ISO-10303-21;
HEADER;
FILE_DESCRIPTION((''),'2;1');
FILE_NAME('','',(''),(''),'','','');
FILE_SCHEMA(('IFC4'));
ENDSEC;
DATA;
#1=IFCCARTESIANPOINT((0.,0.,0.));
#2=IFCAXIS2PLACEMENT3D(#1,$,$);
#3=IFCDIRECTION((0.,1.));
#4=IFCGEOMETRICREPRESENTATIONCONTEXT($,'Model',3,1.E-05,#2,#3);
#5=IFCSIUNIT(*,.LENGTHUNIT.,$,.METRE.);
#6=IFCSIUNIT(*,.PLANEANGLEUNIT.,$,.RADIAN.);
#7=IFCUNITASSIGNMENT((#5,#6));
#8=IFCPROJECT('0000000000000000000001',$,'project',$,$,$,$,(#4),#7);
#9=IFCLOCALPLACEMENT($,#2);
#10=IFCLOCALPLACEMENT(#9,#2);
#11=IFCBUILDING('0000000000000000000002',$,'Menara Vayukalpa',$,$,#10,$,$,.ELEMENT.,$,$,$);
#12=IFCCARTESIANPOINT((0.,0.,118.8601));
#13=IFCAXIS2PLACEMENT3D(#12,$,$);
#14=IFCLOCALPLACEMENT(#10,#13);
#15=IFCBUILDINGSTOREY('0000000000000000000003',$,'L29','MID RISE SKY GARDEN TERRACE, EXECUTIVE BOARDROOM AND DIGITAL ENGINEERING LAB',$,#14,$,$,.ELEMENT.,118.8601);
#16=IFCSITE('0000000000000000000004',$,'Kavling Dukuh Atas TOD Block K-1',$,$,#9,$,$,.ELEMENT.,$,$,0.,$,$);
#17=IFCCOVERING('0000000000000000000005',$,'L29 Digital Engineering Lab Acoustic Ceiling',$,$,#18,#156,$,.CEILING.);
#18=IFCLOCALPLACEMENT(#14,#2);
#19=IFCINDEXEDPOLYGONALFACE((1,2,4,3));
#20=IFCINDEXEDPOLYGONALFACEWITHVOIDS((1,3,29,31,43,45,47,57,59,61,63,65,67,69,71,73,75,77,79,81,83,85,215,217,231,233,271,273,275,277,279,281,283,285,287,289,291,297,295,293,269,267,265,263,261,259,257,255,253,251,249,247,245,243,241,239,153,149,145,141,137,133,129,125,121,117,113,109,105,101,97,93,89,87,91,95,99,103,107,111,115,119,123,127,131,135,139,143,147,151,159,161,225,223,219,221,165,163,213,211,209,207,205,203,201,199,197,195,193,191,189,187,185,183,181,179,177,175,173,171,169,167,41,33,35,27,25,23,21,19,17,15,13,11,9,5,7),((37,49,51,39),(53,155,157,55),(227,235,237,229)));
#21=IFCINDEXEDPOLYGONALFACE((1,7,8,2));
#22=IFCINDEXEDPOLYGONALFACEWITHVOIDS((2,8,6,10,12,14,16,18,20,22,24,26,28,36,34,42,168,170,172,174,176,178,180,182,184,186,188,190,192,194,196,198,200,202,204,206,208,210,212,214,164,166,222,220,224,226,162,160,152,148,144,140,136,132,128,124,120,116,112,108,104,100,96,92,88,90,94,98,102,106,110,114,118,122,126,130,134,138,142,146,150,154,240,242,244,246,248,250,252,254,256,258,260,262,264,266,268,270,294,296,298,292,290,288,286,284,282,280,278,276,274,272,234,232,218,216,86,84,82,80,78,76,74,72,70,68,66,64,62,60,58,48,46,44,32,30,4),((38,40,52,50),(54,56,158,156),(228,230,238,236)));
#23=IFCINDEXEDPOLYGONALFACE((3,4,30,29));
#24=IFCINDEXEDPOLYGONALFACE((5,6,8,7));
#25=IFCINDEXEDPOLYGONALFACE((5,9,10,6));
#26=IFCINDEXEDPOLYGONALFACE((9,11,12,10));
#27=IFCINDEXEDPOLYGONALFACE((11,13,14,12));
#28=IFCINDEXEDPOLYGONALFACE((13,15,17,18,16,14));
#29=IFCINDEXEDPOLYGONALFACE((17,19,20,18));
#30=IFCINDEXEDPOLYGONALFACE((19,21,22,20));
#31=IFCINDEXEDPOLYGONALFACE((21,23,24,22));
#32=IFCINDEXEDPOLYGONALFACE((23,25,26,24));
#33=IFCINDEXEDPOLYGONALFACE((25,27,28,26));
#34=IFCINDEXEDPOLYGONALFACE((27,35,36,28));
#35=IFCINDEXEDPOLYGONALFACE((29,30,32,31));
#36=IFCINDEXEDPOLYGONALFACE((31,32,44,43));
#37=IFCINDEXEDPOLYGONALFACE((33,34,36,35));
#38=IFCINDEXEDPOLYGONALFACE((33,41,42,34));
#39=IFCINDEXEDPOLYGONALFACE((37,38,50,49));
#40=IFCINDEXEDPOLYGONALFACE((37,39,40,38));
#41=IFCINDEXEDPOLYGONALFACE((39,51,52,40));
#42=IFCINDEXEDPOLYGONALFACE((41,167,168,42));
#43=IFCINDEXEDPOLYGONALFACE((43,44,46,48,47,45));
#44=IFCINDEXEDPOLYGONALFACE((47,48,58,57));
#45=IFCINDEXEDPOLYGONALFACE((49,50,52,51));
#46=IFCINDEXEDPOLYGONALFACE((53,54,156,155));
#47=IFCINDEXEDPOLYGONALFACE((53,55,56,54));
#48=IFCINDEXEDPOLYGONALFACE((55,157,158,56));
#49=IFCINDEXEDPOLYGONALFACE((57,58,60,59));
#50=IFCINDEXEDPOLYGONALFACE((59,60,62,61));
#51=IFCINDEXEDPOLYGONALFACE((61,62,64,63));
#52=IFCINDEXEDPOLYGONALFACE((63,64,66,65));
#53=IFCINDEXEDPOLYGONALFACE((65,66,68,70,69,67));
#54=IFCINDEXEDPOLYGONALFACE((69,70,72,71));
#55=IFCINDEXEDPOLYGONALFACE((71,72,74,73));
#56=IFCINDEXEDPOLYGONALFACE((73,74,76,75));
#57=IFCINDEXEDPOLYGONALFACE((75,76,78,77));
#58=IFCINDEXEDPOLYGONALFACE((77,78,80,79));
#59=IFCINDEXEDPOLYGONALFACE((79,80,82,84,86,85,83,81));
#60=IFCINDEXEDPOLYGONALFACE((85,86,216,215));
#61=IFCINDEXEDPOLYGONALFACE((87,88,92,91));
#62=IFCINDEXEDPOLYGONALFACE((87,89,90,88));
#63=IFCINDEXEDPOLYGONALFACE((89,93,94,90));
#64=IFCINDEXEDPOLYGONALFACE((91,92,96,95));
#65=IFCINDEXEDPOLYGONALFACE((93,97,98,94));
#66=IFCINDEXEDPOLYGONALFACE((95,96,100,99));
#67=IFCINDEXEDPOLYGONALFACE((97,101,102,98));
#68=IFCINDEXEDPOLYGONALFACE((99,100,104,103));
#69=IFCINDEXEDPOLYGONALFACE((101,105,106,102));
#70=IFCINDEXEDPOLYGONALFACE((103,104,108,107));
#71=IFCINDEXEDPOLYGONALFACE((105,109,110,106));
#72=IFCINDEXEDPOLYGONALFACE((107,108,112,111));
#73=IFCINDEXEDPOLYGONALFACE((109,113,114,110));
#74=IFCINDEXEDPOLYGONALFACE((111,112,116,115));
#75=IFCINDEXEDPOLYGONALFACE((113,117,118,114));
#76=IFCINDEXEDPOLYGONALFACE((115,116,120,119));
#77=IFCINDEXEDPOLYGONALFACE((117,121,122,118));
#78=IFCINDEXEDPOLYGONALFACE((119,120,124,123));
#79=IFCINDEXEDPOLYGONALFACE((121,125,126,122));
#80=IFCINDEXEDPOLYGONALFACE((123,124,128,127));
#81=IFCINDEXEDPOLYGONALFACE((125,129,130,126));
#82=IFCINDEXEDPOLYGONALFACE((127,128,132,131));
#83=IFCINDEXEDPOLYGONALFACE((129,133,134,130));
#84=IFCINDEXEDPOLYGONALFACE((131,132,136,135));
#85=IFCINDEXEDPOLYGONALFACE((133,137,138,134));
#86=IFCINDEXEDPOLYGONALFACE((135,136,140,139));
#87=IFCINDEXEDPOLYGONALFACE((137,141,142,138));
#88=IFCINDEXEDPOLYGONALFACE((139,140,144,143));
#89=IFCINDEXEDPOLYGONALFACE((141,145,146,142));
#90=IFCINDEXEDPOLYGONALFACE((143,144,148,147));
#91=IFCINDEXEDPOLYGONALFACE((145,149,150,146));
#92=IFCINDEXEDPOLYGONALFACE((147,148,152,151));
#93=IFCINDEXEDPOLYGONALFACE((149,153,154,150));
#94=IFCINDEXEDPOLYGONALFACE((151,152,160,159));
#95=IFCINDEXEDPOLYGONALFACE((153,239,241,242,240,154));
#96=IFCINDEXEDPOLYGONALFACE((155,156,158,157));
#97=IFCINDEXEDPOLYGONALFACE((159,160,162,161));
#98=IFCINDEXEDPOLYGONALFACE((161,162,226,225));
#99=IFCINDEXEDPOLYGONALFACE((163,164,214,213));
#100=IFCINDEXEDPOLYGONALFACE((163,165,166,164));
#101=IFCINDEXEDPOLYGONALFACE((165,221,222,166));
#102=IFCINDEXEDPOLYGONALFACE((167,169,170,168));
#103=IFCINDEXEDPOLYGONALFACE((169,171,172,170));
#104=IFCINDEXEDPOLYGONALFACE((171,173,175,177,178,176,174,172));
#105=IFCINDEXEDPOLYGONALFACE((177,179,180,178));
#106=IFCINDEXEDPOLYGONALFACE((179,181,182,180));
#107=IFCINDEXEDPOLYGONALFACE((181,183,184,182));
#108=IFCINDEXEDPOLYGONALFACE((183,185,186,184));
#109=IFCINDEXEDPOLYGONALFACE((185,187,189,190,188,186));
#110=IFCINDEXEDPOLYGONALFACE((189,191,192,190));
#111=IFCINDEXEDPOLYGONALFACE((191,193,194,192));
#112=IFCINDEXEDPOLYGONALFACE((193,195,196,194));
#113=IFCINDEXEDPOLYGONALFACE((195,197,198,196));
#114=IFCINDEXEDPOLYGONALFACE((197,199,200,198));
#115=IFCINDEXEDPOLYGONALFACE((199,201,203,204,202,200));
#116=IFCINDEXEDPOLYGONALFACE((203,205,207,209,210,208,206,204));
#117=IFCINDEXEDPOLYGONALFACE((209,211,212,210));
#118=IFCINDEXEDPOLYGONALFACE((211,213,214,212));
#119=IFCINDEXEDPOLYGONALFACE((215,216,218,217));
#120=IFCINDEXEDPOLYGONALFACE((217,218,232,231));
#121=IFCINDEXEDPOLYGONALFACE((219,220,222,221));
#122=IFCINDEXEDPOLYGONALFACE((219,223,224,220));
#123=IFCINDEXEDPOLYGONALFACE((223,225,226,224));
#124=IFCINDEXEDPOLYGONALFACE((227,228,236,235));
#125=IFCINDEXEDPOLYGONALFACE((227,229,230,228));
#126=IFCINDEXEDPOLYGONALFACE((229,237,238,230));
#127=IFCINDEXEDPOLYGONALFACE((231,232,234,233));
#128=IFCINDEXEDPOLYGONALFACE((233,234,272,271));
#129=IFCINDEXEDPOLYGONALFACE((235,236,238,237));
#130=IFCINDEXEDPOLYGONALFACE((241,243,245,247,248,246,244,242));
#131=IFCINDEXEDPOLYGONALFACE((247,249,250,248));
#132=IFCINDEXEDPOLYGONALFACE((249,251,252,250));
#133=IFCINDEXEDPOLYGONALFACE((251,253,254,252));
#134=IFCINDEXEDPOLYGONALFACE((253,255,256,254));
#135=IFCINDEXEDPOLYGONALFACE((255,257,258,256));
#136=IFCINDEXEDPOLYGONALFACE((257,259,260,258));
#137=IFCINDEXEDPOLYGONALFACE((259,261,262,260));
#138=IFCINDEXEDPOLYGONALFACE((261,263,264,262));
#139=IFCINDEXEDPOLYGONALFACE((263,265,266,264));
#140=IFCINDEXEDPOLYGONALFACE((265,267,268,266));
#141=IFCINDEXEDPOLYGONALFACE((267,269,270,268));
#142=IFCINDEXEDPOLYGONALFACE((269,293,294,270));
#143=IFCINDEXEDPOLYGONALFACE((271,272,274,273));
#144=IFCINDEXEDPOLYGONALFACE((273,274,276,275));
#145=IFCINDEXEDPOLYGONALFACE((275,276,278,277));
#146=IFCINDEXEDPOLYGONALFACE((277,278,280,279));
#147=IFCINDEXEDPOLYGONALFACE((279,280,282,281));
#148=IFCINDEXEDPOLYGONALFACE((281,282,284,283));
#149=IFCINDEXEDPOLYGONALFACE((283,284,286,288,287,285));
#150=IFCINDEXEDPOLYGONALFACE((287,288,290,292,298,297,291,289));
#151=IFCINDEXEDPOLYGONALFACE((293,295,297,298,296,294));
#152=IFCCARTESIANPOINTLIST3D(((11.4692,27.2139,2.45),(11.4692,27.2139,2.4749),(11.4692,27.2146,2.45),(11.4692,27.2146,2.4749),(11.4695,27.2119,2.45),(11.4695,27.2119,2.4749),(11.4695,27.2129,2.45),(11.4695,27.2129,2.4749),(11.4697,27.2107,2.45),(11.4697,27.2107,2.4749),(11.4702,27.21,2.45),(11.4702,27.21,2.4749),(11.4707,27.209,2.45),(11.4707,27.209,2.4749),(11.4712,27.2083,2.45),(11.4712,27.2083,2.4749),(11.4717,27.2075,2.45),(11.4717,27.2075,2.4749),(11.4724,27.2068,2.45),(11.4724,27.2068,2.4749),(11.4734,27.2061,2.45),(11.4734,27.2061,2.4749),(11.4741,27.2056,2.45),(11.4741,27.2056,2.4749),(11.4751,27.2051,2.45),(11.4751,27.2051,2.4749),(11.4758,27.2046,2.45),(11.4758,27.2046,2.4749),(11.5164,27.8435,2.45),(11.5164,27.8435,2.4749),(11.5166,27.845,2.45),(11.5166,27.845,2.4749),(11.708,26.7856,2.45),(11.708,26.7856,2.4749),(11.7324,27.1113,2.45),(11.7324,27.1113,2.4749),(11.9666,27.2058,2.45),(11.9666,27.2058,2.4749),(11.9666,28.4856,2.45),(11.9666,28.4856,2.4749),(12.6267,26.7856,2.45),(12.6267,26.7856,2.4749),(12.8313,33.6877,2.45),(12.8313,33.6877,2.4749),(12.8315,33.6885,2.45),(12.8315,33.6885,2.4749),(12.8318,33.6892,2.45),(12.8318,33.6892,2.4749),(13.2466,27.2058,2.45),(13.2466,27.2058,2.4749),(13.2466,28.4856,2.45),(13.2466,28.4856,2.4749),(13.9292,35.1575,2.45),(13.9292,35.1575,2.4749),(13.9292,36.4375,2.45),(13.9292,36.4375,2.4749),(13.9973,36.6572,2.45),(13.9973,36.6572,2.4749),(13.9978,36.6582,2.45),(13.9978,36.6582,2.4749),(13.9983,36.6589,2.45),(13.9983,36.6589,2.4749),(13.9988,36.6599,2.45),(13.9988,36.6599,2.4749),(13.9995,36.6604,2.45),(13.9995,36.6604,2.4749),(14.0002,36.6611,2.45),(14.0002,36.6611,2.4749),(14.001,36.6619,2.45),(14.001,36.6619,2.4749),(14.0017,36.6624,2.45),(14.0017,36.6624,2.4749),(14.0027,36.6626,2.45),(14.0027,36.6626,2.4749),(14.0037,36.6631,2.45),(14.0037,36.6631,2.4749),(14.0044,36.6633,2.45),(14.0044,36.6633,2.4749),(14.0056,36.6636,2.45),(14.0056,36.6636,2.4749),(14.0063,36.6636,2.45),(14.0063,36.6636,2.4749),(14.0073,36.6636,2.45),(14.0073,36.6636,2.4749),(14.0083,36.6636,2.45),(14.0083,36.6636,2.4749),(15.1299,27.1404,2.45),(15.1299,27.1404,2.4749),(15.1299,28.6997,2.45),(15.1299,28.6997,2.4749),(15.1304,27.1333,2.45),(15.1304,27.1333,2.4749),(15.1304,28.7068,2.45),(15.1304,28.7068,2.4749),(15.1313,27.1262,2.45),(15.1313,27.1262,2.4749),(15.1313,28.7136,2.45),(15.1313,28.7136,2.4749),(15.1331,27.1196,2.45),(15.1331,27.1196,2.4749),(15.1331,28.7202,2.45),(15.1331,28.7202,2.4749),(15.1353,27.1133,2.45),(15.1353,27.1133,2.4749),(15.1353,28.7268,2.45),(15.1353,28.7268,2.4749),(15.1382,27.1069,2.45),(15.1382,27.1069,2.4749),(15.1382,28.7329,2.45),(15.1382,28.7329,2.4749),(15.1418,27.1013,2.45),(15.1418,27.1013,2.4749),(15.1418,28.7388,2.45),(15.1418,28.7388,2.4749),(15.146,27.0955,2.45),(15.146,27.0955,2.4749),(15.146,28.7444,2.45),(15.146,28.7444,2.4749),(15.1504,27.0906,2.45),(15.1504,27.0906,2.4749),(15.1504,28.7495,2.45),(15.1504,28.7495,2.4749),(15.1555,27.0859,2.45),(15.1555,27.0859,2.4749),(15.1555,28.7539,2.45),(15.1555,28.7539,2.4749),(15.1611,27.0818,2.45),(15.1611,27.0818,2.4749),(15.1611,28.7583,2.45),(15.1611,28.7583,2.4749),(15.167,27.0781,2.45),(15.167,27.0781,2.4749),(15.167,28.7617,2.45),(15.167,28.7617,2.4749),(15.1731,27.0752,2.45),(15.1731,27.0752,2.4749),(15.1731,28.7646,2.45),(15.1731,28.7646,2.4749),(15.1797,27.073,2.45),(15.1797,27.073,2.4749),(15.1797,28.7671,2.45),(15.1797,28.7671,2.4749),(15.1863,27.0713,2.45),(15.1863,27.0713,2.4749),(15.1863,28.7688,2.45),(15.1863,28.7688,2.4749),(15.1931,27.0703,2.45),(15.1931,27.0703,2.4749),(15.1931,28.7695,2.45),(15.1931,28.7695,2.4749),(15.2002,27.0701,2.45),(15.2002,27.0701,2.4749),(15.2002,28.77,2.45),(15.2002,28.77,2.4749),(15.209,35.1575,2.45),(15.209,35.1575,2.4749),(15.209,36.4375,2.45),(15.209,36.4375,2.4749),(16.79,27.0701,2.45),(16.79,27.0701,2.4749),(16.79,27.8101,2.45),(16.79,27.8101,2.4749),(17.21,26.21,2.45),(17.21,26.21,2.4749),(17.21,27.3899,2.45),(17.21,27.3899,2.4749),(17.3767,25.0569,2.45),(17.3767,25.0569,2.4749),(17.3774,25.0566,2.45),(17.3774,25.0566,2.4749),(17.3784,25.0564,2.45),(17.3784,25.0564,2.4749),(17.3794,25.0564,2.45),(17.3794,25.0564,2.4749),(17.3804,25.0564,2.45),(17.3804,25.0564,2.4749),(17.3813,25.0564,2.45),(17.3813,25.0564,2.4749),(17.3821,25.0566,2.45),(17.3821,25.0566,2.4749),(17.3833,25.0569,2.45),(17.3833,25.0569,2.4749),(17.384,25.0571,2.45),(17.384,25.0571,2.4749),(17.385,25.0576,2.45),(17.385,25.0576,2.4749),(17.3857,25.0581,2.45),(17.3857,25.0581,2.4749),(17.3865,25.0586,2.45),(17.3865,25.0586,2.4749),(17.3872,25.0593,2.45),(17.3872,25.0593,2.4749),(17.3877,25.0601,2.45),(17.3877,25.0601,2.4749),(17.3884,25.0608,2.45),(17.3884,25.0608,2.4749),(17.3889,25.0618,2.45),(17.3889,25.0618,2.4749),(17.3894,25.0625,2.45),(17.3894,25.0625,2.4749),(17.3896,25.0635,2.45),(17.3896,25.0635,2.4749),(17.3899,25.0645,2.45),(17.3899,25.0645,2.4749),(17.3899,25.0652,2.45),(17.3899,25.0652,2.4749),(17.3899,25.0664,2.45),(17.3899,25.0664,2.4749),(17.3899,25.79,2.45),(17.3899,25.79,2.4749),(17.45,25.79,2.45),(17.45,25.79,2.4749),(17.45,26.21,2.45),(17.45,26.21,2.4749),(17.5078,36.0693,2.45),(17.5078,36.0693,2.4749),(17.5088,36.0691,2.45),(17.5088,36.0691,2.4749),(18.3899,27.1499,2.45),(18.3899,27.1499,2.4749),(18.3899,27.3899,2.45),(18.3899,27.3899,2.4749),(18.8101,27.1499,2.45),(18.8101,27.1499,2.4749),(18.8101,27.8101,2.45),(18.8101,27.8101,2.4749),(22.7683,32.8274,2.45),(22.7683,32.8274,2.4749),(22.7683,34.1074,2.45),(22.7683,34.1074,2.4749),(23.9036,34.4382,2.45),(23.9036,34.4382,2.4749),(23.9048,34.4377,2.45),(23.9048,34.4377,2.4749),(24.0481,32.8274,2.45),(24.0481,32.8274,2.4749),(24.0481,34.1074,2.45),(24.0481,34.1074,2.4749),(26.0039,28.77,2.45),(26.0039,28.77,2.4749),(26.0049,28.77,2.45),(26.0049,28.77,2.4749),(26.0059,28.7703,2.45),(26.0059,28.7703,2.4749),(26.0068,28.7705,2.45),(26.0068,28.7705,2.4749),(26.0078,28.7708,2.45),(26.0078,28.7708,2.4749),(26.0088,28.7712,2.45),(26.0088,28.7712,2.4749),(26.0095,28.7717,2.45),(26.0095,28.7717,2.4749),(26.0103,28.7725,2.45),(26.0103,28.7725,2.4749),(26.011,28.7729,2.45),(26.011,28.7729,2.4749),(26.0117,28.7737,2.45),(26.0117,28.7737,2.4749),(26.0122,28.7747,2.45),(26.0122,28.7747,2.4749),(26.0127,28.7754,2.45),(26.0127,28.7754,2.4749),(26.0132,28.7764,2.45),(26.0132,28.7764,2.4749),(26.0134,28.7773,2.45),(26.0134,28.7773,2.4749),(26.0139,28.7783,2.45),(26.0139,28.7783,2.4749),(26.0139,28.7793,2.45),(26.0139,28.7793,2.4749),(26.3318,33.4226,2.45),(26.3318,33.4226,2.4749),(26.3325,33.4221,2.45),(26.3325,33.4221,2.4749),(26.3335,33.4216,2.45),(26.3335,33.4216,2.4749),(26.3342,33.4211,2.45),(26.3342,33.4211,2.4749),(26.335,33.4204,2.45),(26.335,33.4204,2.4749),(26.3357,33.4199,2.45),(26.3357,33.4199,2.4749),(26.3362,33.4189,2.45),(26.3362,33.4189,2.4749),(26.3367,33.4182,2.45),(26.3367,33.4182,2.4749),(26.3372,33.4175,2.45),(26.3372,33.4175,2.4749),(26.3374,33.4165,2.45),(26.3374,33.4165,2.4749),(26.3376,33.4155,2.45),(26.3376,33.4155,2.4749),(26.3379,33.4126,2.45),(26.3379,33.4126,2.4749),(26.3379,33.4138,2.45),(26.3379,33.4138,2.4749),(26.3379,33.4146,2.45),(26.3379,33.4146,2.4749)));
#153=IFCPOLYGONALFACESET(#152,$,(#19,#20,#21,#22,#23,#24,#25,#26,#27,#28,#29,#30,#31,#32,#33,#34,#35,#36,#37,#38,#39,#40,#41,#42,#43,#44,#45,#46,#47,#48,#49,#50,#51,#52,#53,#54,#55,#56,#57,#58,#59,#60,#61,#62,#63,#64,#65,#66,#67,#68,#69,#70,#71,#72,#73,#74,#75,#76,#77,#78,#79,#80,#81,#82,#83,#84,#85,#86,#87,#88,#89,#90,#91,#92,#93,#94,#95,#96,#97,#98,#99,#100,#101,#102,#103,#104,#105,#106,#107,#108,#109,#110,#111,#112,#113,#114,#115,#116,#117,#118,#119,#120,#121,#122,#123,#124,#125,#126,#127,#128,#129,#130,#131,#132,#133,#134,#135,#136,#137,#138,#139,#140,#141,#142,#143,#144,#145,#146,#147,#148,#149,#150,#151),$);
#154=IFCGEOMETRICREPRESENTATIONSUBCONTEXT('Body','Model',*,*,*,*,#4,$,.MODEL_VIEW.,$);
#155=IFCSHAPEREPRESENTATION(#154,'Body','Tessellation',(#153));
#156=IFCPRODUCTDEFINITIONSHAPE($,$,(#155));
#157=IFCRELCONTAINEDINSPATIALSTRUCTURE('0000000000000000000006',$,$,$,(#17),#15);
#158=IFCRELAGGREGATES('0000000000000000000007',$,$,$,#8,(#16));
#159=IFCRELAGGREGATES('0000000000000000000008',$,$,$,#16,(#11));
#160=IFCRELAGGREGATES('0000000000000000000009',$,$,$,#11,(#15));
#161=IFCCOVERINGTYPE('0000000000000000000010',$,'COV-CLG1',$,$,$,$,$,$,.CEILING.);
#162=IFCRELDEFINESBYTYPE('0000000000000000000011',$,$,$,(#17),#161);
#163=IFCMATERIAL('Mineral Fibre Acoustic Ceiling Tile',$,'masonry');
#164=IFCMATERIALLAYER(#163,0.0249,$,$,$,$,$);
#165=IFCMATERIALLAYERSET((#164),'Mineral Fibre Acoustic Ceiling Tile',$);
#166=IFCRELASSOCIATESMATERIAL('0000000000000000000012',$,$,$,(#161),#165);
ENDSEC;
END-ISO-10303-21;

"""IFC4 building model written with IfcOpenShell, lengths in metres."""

from ifc_helpers import new_model, si_unit, direction, frame, origin, place, context, subcontext, project, spatial, polyline, outline, extrude, material, layer, layer_set, type_object, element, save


model = new_model("IFC4")

# Units and contexts
model_context = context("Model", 3, precision=1e-05, world=origin(), true_north=direction((0.0, 1.0)))
body_context = subcontext(model_context, "Body", "Model", "MODEL_VIEW")
ifc_project = project(units=[si_unit("LENGTHUNIT", "METRE"), si_unit("PLANEANGLEUNIT", "RADIAN")], contexts=[model_context])

# Site, building, storey
site_placement = place(None, origin())
site = spatial("IfcSite", under=ifc_project, at=site_placement, Name="Kavling Dukuh Atas TOD Block K-1", CompositionType="ELEMENT", RefElevation=0.0)
building_placement = place(site_placement, origin())
building = spatial("IfcBuilding", under=site, at=building_placement, Name="Menara Vayukalpa", CompositionType="ELEMENT")
storey_placement = place(building_placement, frame((0.0, 0.0, 118.8601)))
storey = spatial("IfcBuildingStorey", under=building, at=storey_placement, Name="L29", Description="MID RISE SKY GARDEN TERRACE, EXECUTIVE BOARDROOM AND DIGITAL ENGINEERING LAB", CompositionType="ELEMENT", Elevation=118.8601)

# Covering
ifc_material_1 = material(Name="Mineral Fibre Acoustic Ceiling Tile", Category="masonry")
ifc_layer_1 = layer(ifc_material_1, 0.0249)
ifc_layer_set_1 = layer_set([ifc_layer_1], Name="Mineral Fibre Acoustic Ceiling Tile")
covering_type_1 = type_object("IfcCoveringType", Name="COV-CLG1", PredefinedType="CEILING", material=ifc_layer_set_1)
covering_1_placement = place(storey_placement, frame((0.0, 0.0, 2.45)))
element("IfcCovering", 1, at=covering_1_placement, inside=storey, type_object=covering_type_1, Name="L29 Digital Engineering Lab Acoustic Ceiling", PredefinedType="CEILING", context=body_context, shape_type="SweptSolid", body=[
    extrude(outline(polyline([(18.8101, 27.1499), (18.3899, 27.1499), (18.3899, 27.3899), (17.21, 27.3899), (17.21, 26.21), (17.45, 26.21), (17.45, 25.79), (17.3899, 25.79), (17.3899, 25.0664), (17.3899, 25.0652), (17.3899, 25.0645), (17.3896, 25.0635), (17.3894, 25.0625), (17.3889, 25.0618), (17.3884, 25.0608), (17.3877, 25.0601), (17.3872, 25.0593), (17.3865, 25.0586), (17.3857, 25.0581), (17.385, 25.0576), (17.384, 25.0571), (17.3833, 25.0569), (17.3821, 25.0566), (17.3813, 25.0564), (17.3804, 25.0564), (17.3794, 25.0564), (17.3784, 25.0564), (17.3774, 25.0566), (17.3767, 25.0569), (12.6267, 26.7856), (11.708, 26.7856), (11.7324, 27.1113), (11.4758, 27.2046), (11.4751, 27.2051), (11.4741, 27.2056), (11.4734, 27.2061), (11.4724, 27.2068), (11.4717, 27.2075), (11.4712, 27.2083), (11.4707, 27.209), (11.4702, 27.21), (11.4697, 27.2107), (11.4695, 27.2119), (11.4695, 27.2129), (11.4692, 27.2139), (11.4692, 27.2146), (11.5164, 27.8435), (11.5166, 27.845), (12.8313, 33.6877), (12.8315, 33.6885), (12.8318, 33.6892), (13.9973, 36.6572), (13.9978, 36.6582), (13.9983, 36.6589), (13.9988, 36.6599), (13.9995, 36.6604), (14.0002, 36.6611), (14.001, 36.6619), (14.0017, 36.6624), (14.0027, 36.6626), (14.0037, 36.6631), (14.0044, 36.6633), (14.0056, 36.6636), (14.0063, 36.6636), (14.0073, 36.6636), (14.0083, 36.6636), (17.5078, 36.0693), (17.5088, 36.0691), (23.9036, 34.4382), (23.9048, 34.4377), (26.3318, 33.4226), (26.3325, 33.4221), (26.3335, 33.4216), (26.3342, 33.4211), (26.335, 33.4204), (26.3357, 33.4199), (26.3362, 33.4189), (26.3367, 33.4182), (26.3372, 33.4175), (26.3374, 33.4165), (26.3376, 33.4155), (26.3379, 33.4146), (26.3379, 33.4138), (26.3379, 33.4126), (26.0139, 28.7793), (26.0139, 28.7783), (26.0134, 28.7773), (26.0132, 28.7764), (26.0127, 28.7754), (26.0122, 28.7747), (26.0117, 28.7737), (26.011, 28.7729), (26.0103, 28.7725), (26.0095, 28.7717), (26.0088, 28.7712), (26.0078, 28.7708), (26.0068, 28.7705), (26.0059, 28.7703), (26.0049, 28.77), (26.0039, 28.77), (15.2002, 28.77), (15.1931, 28.7695), (15.1863, 28.7688), (15.1797, 28.7671), (15.1731, 28.7646), (15.167, 28.7617), (15.1611, 28.7583), (15.1555, 28.7539), (15.1504, 28.7495), (15.146, 28.7444), (15.1418, 28.7388), (15.1382, 28.7329), (15.1353, 28.7268), (15.1331, 28.7202), (15.1313, 28.7136), (15.1304, 28.7068), (15.1299, 28.6997), (15.1299, 27.1404), (15.1304, 27.1333), (15.1313, 27.1262), (15.1331, 27.1196), (15.1353, 27.1133), (15.1382, 27.1069), (15.1418, 27.1013), (15.146, 27.0955), (15.1504, 27.0906), (15.1555, 27.0859), (15.1611, 27.0818), (15.167, 27.0781), (15.1731, 27.0752), (15.1797, 27.073), (15.1863, 27.0713), (15.1931, 27.0703), (15.2002, 27.0701), (16.79, 27.0701), (16.79, 27.8101), (18.8101, 27.8101), (18.8101, 27.1499)]), holes=[polyline([(13.2466, 28.4856), (11.9666, 28.4856), (11.9666, 27.2058), (13.2466, 27.2058), (13.2466, 28.4856)]), polyline([(15.209, 36.4375), (13.9292, 36.4375), (13.9292, 35.1575), (15.209, 35.1575), (15.209, 36.4375)]), polyline([(24.0481, 32.8274), (24.0481, 34.1074), (22.7683, 34.1074), (22.7683, 32.8274), (24.0481, 32.8274)])]), origin(), (0.0, 0.0, 1.0), 0.0249),
])

save(model, "model.ifc")
